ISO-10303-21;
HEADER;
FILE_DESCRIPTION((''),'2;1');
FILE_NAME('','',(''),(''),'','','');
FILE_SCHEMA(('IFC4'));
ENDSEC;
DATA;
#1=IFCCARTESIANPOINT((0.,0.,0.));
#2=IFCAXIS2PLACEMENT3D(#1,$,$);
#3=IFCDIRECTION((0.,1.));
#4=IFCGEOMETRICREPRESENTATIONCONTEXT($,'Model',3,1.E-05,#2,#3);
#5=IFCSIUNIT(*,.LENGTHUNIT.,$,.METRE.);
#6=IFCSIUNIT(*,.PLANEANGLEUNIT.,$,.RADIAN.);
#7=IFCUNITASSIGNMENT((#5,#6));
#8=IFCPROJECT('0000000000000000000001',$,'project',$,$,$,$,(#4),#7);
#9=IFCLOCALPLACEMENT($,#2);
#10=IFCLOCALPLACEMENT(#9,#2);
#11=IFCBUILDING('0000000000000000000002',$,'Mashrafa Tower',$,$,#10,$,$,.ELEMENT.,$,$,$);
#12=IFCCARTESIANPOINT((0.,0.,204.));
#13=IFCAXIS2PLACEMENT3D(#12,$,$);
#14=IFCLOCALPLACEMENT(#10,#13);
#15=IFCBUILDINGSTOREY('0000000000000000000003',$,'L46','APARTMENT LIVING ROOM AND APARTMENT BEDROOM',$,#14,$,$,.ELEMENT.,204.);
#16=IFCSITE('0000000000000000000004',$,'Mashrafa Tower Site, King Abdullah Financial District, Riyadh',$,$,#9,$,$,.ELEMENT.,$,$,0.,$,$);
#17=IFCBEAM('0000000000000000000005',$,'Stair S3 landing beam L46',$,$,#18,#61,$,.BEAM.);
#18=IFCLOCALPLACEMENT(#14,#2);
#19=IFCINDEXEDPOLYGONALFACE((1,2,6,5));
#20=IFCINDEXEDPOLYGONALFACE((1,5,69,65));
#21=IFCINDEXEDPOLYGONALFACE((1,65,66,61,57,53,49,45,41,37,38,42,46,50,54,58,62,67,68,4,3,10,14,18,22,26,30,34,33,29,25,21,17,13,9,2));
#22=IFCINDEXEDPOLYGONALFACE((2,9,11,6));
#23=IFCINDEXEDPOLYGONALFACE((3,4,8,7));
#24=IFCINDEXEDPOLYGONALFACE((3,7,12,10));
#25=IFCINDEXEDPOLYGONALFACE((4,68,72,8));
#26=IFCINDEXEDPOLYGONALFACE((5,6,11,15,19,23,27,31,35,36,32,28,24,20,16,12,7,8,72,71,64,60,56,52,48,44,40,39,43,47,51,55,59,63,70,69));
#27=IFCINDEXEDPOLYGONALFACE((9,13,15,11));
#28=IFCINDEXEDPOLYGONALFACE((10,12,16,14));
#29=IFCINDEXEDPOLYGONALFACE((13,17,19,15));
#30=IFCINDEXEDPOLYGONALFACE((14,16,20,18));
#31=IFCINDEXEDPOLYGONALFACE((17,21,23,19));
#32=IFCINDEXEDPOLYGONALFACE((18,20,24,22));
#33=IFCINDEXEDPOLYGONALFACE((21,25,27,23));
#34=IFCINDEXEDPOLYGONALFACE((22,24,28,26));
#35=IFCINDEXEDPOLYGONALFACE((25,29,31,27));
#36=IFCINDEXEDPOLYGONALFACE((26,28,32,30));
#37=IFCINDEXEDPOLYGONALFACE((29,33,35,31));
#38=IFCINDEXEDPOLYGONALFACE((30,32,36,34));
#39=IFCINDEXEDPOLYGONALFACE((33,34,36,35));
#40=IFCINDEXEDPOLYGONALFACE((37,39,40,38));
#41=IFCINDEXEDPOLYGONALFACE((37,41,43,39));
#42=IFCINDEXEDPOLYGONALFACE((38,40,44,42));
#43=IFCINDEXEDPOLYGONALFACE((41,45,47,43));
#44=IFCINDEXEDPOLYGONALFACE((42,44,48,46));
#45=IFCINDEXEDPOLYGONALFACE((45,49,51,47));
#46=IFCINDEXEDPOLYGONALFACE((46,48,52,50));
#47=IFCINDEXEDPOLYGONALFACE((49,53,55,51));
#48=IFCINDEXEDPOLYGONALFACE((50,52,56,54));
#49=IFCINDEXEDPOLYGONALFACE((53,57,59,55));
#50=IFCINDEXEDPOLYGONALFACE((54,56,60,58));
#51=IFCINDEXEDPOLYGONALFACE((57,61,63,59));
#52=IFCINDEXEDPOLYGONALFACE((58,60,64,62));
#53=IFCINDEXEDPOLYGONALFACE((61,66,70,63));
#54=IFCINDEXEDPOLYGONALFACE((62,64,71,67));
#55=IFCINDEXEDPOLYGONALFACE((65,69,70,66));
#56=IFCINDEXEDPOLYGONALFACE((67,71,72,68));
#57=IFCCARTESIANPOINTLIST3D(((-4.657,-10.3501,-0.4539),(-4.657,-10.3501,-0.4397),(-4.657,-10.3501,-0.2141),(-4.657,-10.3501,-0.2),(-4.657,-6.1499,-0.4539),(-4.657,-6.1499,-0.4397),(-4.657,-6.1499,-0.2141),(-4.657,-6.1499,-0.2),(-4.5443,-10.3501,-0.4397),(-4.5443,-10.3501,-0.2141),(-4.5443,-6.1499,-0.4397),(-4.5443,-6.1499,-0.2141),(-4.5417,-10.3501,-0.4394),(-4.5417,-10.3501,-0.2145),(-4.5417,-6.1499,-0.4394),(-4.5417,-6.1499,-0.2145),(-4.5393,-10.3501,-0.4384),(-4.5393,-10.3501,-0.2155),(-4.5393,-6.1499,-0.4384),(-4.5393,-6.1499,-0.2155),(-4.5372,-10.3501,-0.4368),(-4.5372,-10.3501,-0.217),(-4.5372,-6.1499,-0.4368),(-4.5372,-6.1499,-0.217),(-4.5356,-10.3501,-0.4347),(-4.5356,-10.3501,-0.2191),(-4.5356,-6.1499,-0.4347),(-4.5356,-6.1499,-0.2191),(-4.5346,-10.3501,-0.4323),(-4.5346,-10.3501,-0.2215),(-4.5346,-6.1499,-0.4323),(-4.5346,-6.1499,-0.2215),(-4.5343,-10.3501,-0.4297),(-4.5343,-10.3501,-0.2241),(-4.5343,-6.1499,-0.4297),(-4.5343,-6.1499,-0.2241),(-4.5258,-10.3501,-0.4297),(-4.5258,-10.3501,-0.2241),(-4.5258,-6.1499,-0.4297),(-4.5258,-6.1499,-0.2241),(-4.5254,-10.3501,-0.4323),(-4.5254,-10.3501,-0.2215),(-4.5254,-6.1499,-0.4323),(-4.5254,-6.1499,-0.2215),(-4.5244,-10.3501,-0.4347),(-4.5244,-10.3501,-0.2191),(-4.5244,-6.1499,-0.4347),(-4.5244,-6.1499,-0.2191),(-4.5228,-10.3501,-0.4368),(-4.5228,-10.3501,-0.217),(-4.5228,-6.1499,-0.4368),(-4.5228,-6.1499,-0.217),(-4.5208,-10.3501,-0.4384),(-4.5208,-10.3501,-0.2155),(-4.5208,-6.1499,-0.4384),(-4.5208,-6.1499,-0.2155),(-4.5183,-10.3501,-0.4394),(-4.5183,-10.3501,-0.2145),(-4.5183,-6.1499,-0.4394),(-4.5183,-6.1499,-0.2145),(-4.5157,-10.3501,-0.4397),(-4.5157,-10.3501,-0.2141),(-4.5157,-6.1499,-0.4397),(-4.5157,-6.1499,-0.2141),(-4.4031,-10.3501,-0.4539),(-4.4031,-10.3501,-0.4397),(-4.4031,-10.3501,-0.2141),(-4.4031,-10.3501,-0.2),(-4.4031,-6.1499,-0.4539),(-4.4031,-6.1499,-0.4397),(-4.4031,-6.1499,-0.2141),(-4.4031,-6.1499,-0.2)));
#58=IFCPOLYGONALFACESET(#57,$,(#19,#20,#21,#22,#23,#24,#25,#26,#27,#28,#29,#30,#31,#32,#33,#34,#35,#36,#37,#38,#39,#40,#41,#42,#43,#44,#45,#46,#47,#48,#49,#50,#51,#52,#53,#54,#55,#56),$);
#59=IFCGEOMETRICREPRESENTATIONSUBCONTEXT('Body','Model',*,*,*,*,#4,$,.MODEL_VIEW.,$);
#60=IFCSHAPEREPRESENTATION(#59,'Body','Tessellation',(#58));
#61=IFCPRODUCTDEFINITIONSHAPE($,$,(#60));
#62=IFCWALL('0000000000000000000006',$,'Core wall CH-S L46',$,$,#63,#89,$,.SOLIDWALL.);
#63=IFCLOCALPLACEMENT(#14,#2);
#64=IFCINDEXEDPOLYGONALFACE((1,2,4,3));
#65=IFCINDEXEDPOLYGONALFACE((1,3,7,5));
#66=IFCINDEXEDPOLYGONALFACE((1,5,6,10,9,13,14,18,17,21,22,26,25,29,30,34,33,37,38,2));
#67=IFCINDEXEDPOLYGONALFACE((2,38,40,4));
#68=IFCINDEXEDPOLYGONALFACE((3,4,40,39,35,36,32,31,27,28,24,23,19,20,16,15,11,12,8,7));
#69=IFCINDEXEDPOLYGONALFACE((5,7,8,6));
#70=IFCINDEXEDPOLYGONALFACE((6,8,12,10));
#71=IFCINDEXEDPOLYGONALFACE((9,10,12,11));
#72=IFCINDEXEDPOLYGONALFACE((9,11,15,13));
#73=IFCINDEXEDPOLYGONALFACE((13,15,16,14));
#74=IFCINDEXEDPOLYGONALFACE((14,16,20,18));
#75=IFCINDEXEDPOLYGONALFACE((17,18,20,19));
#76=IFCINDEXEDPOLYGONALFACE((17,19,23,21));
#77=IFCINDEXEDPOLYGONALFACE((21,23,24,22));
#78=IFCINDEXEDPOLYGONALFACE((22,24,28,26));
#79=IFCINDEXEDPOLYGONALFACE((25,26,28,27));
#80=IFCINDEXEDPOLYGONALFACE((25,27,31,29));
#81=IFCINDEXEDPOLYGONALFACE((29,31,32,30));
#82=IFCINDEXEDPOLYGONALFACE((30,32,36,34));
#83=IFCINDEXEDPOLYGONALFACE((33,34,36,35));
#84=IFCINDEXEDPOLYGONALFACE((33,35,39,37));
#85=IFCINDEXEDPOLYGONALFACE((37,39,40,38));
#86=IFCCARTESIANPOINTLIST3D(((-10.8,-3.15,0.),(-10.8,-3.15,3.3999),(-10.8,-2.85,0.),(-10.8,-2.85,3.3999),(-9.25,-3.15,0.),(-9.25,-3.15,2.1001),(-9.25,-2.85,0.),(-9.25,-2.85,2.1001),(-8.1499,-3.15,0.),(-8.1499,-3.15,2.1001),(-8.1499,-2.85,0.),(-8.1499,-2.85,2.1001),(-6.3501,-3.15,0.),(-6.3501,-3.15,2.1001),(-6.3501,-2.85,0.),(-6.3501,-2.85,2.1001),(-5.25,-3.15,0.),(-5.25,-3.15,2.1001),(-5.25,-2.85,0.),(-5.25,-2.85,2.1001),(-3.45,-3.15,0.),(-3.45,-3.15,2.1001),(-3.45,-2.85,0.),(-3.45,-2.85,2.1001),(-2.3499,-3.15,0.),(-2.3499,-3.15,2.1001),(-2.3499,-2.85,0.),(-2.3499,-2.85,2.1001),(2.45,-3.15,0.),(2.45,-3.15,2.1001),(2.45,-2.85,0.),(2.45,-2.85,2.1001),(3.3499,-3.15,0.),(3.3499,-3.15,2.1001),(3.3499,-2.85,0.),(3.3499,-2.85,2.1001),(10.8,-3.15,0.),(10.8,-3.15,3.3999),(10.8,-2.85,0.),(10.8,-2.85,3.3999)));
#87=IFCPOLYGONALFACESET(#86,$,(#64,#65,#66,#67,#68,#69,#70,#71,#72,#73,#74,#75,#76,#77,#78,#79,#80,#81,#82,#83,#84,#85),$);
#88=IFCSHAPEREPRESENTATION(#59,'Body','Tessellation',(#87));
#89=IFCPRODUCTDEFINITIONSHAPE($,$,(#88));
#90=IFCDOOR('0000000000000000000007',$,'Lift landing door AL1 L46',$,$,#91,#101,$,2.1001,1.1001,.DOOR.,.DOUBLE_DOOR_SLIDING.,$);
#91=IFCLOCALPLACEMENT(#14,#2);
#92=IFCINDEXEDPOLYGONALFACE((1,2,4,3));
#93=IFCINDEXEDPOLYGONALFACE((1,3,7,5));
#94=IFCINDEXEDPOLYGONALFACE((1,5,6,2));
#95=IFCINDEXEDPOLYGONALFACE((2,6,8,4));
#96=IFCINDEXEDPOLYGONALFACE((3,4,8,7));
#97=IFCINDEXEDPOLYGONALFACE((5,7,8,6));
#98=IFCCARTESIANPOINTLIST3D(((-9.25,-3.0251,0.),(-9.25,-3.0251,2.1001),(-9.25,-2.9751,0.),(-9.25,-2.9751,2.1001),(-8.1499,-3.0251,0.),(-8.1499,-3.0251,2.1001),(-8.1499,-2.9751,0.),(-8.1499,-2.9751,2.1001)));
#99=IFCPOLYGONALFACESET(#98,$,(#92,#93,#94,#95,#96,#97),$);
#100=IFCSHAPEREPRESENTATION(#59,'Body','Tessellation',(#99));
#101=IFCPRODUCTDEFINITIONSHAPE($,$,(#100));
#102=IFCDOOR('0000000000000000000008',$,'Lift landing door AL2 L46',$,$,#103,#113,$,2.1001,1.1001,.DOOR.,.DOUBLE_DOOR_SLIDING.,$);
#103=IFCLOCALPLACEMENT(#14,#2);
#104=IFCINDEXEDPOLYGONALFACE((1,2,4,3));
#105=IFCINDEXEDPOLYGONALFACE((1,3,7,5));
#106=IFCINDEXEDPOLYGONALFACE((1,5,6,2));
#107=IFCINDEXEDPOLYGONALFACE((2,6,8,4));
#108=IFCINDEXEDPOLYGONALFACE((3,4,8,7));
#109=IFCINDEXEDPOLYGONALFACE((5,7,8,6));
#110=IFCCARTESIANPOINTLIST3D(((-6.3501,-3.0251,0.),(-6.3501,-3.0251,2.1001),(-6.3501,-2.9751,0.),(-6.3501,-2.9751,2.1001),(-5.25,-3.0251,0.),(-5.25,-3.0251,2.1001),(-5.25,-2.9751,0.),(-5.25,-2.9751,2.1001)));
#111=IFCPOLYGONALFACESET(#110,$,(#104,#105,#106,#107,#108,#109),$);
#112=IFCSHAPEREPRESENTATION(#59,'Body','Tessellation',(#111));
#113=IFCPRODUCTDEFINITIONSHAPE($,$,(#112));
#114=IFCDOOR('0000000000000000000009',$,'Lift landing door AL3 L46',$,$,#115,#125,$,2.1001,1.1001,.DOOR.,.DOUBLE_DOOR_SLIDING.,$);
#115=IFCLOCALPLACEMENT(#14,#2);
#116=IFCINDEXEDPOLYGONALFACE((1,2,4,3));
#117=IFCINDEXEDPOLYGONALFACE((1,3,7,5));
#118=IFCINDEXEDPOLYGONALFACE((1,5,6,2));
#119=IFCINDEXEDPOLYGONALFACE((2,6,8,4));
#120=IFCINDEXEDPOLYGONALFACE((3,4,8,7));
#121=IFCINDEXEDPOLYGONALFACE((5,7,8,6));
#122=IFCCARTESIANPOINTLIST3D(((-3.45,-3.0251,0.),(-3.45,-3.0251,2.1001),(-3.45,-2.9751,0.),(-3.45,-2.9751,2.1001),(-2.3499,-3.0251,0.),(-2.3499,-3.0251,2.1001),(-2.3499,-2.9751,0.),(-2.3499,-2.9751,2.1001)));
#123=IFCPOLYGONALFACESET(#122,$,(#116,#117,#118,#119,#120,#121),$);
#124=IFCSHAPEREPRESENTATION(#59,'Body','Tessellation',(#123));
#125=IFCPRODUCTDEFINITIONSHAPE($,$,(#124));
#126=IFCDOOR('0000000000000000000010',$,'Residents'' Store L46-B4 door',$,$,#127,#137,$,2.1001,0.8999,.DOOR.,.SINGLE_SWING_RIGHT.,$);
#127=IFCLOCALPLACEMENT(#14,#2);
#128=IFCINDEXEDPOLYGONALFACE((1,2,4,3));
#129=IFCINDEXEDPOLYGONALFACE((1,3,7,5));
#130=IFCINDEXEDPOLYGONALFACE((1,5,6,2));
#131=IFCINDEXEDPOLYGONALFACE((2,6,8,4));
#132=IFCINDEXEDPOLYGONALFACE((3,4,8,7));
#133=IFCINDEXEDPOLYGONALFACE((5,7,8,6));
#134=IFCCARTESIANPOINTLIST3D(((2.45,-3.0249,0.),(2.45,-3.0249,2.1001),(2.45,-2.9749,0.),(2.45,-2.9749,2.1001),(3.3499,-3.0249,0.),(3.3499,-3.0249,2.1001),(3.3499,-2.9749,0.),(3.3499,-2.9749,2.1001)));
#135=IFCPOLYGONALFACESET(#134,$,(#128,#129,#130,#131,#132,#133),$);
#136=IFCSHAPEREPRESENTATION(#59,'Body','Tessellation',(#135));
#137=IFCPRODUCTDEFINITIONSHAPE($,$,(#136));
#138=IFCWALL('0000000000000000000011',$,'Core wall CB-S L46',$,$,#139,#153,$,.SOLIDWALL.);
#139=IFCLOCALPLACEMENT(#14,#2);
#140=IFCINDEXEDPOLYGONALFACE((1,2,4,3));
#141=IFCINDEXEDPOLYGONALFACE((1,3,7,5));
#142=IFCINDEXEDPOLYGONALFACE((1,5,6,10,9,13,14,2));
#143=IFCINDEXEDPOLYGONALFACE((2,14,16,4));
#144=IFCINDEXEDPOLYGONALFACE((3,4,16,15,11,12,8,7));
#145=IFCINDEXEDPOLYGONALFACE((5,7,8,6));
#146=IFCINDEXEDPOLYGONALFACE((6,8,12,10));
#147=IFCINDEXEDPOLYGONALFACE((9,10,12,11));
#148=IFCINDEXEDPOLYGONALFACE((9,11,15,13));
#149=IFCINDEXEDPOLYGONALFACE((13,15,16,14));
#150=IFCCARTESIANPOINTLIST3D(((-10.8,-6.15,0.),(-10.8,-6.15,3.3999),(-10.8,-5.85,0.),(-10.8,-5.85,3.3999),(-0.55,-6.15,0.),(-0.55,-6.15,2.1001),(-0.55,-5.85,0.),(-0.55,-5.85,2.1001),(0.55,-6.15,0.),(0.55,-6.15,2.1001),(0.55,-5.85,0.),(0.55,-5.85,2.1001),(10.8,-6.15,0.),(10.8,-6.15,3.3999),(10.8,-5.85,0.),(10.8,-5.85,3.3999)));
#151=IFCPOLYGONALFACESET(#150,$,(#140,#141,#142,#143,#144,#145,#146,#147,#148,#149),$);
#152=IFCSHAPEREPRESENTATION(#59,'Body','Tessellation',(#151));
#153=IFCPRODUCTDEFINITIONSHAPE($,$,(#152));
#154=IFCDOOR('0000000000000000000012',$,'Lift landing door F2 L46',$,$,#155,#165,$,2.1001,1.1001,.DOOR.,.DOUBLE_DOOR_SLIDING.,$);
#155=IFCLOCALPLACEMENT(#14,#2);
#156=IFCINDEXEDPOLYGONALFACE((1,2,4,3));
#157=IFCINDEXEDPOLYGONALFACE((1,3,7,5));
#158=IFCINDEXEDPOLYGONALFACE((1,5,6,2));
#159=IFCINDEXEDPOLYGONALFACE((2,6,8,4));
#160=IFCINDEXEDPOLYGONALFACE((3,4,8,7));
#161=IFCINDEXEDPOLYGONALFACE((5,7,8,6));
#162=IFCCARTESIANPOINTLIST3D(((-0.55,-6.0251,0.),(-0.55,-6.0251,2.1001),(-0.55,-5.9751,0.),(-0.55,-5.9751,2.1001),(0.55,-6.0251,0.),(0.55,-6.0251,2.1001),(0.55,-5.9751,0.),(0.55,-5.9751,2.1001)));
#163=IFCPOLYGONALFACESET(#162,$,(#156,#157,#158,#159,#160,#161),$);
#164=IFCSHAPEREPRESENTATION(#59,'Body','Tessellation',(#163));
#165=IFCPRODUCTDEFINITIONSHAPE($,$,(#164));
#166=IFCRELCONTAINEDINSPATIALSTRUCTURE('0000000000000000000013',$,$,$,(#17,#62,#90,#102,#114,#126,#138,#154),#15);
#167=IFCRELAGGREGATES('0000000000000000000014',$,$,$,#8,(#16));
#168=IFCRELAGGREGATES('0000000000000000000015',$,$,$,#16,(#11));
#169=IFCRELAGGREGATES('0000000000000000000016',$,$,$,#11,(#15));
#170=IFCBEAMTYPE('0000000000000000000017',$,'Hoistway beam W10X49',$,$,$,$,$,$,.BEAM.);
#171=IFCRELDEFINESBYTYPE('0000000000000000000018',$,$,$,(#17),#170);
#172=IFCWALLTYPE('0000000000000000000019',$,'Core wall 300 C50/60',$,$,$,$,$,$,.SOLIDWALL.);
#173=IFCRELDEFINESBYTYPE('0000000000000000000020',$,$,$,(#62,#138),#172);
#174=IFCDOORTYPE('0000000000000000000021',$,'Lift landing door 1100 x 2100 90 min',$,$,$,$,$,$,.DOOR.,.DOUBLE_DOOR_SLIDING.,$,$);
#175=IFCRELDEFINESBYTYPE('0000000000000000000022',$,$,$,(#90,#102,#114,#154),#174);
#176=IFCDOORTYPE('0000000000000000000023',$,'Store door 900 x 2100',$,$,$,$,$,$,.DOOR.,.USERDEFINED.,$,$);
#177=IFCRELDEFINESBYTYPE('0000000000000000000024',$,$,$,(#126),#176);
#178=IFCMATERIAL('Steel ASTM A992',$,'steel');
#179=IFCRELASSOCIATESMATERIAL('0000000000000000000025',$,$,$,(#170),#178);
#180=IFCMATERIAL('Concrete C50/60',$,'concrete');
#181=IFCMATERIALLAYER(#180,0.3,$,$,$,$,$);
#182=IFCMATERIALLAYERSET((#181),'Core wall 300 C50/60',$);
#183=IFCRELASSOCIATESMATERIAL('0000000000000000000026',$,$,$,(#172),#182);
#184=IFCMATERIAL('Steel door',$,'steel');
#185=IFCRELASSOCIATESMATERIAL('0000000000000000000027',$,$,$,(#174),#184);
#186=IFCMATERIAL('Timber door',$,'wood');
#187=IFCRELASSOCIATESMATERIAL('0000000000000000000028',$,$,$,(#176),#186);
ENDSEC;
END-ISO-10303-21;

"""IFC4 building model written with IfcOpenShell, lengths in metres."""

from ifc_helpers import new_model, si_unit, direction, frame, frame_2d, origin, origin_2d, place, context, subcontext, project, spatial, rectangle, i_section, extrude, material, layer, layer_set, material_profile, profile_set, type_object, element, fill, save


model = new_model("IFC4")

# Units and contexts
model_context = context("Model", 3, precision=1e-05, world=origin(), true_north=direction((0.0, 1.0)))
body_context = subcontext(model_context, "Body", "Model", "MODEL_VIEW")
ifc_project = project(units=[si_unit("LENGTHUNIT", "METRE"), si_unit("PLANEANGLEUNIT", "RADIAN")], contexts=[model_context])

# Site, building, storey
site_placement = place(None, origin())
site = spatial("IfcSite", under=ifc_project, at=site_placement, Name="Mashrafa Tower Site, King Abdullah Financial District, Riyadh", CompositionType="ELEMENT", RefElevation=0.0)
building_placement = place(site_placement, origin())
building = spatial("IfcBuilding", under=site, at=building_placement, Name="Mashrafa Tower", CompositionType="ELEMENT")
storey_placement = place(building_placement, frame((0.0, 0.0, 204.0)))
storey = spatial("IfcBuildingStorey", under=building, at=storey_placement, Name="L46", Description="APARTMENT LIVING ROOM AND APARTMENT BEDROOM", CompositionType="ELEMENT", Elevation=204.0)

# Beam
ifc_material_1 = material(Name="Steel ASTM A992", Category="steel")
ifc_material_profile_1 = material_profile(ifc_material_1, i_section(OverallWidth=0.2539, OverallDepth=0.2539, WebThickness=0.0085, FlangeThickness=0.0142, FilletRadius=0.01, at=origin_2d()), Name="W10X49")
ifc_profile_set_1 = profile_set([ifc_material_profile_1], Name="Steel ASTM A992")
beam_type_1 = type_object("IfcBeamType", Name="Hoistway beam W10X49", PredefinedType="BEAM", material=ifc_profile_set_1)
beam_1_placement = place(storey_placement, frame((-4.53, -10.3501, -0.3269), z_axis=(0.0, 1.0, 0.0), x_axis=(-1.0, 0.0, 0.0)))
element("IfcBeam", 1, at=beam_1_placement, inside=storey, type_object=beam_type_1, Name="Stair S3 landing beam L46", PredefinedType="BEAM", context=body_context, shape_type="SweptSolid", body=[
    extrude(i_section(OverallWidth=0.2539, OverallDepth=0.2539, WebThickness=0.0085, FlangeThickness=0.0142, FilletRadius=0.01, at=origin_2d()), origin(), (0.0, 0.0, 1.0), 4.2002),
])

# Wall, openings, doors
ifc_material_2 = material(Name="Concrete C50/60", Category="concrete")
ifc_layer_1 = layer(ifc_material_2, 0.3)
ifc_layer_set_1 = layer_set([ifc_layer_1], Name="Core wall 300 C50/60")
wall_type_1 = type_object("IfcWallType", Name="Core wall 300 C50/60", PredefinedType="SOLIDWALL", material=ifc_layer_set_1)
wall_1_placement = place(storey_placement, frame((-10.8, -3.0, 0.0), z_axis=(0.0, 0.0, 1.0), x_axis=(1.0, 0.0, 0.0)))
wall_1 = element("IfcWall", 2, at=wall_1_placement, inside=storey, type_object=wall_type_1, Name="Core wall CH-S L46", PredefinedType="SOLIDWALL", context=body_context, shape_type="SweptSolid", body=[
    extrude(rectangle(XDim=21.6001, YDim=0.3, at=frame_2d((10.8, 0.0))), origin(), (0.0, 0.0, 1.0), 3.3999),
])
opening_1_placement = place(wall_1_placement, frame((13.25, 0.0, 0.0)))
opening_1 = element("IfcOpeningElement", 3, at=opening_1_placement, cuts=wall_1, PredefinedType="OPENING", context=body_context, shape_type="SweptSolid", body=[
    extrude(rectangle(XDim=0.8999, YDim=2.1001, at=frame_2d((0.45, 1.05))), frame((0.0, 0.1599, 0.0), z_axis=(0.0, -1.0, 0.0), x_axis=(1.0, 0.0, 0.0)), (0.0, 0.0, 1.0), 0.3201),
])
opening_2_placement = place(wall_1_placement, frame((1.55, 0.0, 0.0)))
opening_2 = element("IfcOpeningElement", 4, at=opening_2_placement, cuts=wall_1, PredefinedType="OPENING", context=body_context, shape_type="SweptSolid", body=[
    extrude(rectangle(XDim=1.1001, YDim=2.1001, at=frame_2d((0.55, 1.05))), frame((0.0, 0.1599, 0.0), z_axis=(0.0, -1.0, 0.0), x_axis=(1.0, 0.0, 0.0)), (0.0, 0.0, 1.0), 0.3201),
])
opening_3_placement = place(wall_1_placement, frame((4.45, 0.0, 0.0)))
opening_3 = element("IfcOpeningElement", 5, at=opening_3_placement, cuts=wall_1, PredefinedType="OPENING", context=body_context, shape_type="SweptSolid", body=[
    extrude(rectangle(XDim=1.1001, YDim=2.1001, at=frame_2d((0.55, 1.05))), frame((0.0, 0.1599, 0.0), z_axis=(0.0, -1.0, 0.0), x_axis=(1.0, 0.0, 0.0)), (0.0, 0.0, 1.0), 0.3201),
])
opening_4_placement = place(wall_1_placement, frame((7.3501, 0.0, 0.0)))
opening_4 = element("IfcOpeningElement", 6, at=opening_4_placement, cuts=wall_1, PredefinedType="OPENING", context=body_context, shape_type="SweptSolid", body=[
    extrude(rectangle(XDim=1.1001, YDim=2.1001, at=frame_2d((0.55, 1.05))), frame((0.0, 0.1599, 0.0), z_axis=(0.0, -1.0, 0.0), x_axis=(1.0, 0.0, 0.0)), (0.0, 0.0, 1.0), 0.3201),
])
ifc_material_3 = material(Name="Steel door", Category="steel")
door_type_1 = type_object("IfcDoorType", Name="Lift landing door 1100 x 2100 90 min", OperationType="DOUBLE_DOOR_SLIDING", PredefinedType="DOOR", material=ifc_material_3)
door_1_placement = place(opening_2_placement, origin())
door_1 = element("IfcDoor", 7, at=door_1_placement, inside=storey, type_object=door_type_1, Name="Lift landing door AL1 L46", OperationType="DOUBLE_DOOR_SLIDING", OverallHeight=2.1001, OverallWidth=1.1001, PredefinedType="DOOR", context=body_context, shape_type="SweptSolid", body=[
    extrude(rectangle(XDim=1.1001, YDim=2.1001, at=frame_2d((0.55, 1.05))), frame((0.0, 0.0249, 0.0), z_axis=(0.0, -1.0, 0.0), x_axis=(1.0, 0.0, 0.0)), (0.0, 0.0, 1.0), 0.05),
])
fill(opening_2, door_1)
door_2_placement = place(opening_3_placement, origin())
door_2 = element("IfcDoor", 8, at=door_2_placement, inside=storey, type_object=door_type_1, Name="Lift landing door AL2 L46", OperationType="DOUBLE_DOOR_SLIDING", OverallHeight=2.1001, OverallWidth=1.1001, PredefinedType="DOOR", context=body_context, shape_type="SweptSolid", body=[
    extrude(rectangle(XDim=1.1001, YDim=2.1001, at=frame_2d((0.55, 1.05))), frame((0.0, 0.0249, 0.0), z_axis=(0.0, -1.0, 0.0), x_axis=(1.0, 0.0, 0.0)), (0.0, 0.0, 1.0), 0.05),
])
fill(opening_3, door_2)
door_3_placement = place(opening_4_placement, origin())
door_3 = element("IfcDoor", 9, at=door_3_placement, inside=storey, type_object=door_type_1, Name="Lift landing door AL3 L46", OperationType="DOUBLE_DOOR_SLIDING", OverallHeight=2.1001, OverallWidth=1.1001, PredefinedType="DOOR", context=body_context, shape_type="SweptSolid", body=[
    extrude(rectangle(XDim=1.1001, YDim=2.1001, at=frame_2d((0.55, 1.05))), frame((0.0, 0.0249, 0.0), z_axis=(0.0, -1.0, 0.0), x_axis=(1.0, 0.0, 0.0)), (0.0, 0.0, 1.0), 0.05),
])
fill(opening_4, door_3)
ifc_material_4 = material(Name="Timber door", Category="wood")
door_type_2 = type_object("IfcDoorType", Name="Store door 900 x 2100", OperationType="USERDEFINED", PredefinedType="DOOR", material=ifc_material_4)
door_4_placement = place(opening_1_placement, frame((0.8999, 0.0, 0.0), z_axis=(0.0, 0.0, 1.0), x_axis=(-1.0, 0.0, 0.0)))
door_4 = element("IfcDoor", 10, at=door_4_placement, inside=storey, type_object=door_type_2, Name="Residents' Store L46-B4 door", OperationType="SINGLE_SWING_RIGHT", OverallHeight=2.1001, OverallWidth=0.8999, PredefinedType="DOOR", context=body_context, shape_type="SweptSolid", body=[
    extrude(rectangle(XDim=0.8999, YDim=2.1001, at=frame_2d((0.45, 1.05))), frame((0.0, 0.0249, 0.0), z_axis=(0.0, -1.0, 0.0), x_axis=(1.0, 0.0, 0.0)), (0.0, 0.0, 1.0), 0.05),
])
fill(opening_1, door_4)

# Wall, opening, door
wall_2_placement = place(storey_placement, frame((-10.8, -6.0, 0.0), z_axis=(0.0, 0.0, 1.0), x_axis=(1.0, 0.0, 0.0)))
wall_2 = element("IfcWall", 11, at=wall_2_placement, inside=storey, type_object=wall_type_1, Name="Core wall CB-S L46", PredefinedType="SOLIDWALL", context=body_context, shape_type="SweptSolid", body=[
    extrude(rectangle(XDim=21.6001, YDim=0.3, at=frame_2d((10.8, 0.0))), origin(), (0.0, 0.0, 1.0), 3.3999),
])
opening_5_placement = place(wall_2_placement, frame((10.25, 0.0, 0.0)))
opening_5 = element("IfcOpeningElement", 12, at=opening_5_placement, cuts=wall_2, PredefinedType="OPENING", context=body_context, shape_type="SweptSolid", body=[
    extrude(rectangle(XDim=1.1001, YDim=2.1001, at=frame_2d((0.55, 1.05))), frame((0.0, 0.1599, 0.0), z_axis=(0.0, -1.0, 0.0), x_axis=(1.0, 0.0, 0.0)), (0.0, 0.0, 1.0), 0.3201),
])
door_5_placement = place(opening_5_placement, origin())
door_5 = element("IfcDoor", 13, at=door_5_placement, inside=storey, type_object=door_type_1, Name="Lift landing door F2 L46", OperationType="DOUBLE_DOOR_SLIDING", OverallHeight=2.1001, OverallWidth=1.1001, PredefinedType="DOOR", context=body_context, shape_type="SweptSolid", body=[
    extrude(rectangle(XDim=1.1001, YDim=2.1001, at=frame_2d((0.55, 1.05))), frame((0.0, 0.0249, 0.0), z_axis=(0.0, -1.0, 0.0), x_axis=(1.0, 0.0, 0.0)), (0.0, 0.0, 1.0), 0.05),
])
fill(opening_5, door_5)

save(model, "model.ifc")
